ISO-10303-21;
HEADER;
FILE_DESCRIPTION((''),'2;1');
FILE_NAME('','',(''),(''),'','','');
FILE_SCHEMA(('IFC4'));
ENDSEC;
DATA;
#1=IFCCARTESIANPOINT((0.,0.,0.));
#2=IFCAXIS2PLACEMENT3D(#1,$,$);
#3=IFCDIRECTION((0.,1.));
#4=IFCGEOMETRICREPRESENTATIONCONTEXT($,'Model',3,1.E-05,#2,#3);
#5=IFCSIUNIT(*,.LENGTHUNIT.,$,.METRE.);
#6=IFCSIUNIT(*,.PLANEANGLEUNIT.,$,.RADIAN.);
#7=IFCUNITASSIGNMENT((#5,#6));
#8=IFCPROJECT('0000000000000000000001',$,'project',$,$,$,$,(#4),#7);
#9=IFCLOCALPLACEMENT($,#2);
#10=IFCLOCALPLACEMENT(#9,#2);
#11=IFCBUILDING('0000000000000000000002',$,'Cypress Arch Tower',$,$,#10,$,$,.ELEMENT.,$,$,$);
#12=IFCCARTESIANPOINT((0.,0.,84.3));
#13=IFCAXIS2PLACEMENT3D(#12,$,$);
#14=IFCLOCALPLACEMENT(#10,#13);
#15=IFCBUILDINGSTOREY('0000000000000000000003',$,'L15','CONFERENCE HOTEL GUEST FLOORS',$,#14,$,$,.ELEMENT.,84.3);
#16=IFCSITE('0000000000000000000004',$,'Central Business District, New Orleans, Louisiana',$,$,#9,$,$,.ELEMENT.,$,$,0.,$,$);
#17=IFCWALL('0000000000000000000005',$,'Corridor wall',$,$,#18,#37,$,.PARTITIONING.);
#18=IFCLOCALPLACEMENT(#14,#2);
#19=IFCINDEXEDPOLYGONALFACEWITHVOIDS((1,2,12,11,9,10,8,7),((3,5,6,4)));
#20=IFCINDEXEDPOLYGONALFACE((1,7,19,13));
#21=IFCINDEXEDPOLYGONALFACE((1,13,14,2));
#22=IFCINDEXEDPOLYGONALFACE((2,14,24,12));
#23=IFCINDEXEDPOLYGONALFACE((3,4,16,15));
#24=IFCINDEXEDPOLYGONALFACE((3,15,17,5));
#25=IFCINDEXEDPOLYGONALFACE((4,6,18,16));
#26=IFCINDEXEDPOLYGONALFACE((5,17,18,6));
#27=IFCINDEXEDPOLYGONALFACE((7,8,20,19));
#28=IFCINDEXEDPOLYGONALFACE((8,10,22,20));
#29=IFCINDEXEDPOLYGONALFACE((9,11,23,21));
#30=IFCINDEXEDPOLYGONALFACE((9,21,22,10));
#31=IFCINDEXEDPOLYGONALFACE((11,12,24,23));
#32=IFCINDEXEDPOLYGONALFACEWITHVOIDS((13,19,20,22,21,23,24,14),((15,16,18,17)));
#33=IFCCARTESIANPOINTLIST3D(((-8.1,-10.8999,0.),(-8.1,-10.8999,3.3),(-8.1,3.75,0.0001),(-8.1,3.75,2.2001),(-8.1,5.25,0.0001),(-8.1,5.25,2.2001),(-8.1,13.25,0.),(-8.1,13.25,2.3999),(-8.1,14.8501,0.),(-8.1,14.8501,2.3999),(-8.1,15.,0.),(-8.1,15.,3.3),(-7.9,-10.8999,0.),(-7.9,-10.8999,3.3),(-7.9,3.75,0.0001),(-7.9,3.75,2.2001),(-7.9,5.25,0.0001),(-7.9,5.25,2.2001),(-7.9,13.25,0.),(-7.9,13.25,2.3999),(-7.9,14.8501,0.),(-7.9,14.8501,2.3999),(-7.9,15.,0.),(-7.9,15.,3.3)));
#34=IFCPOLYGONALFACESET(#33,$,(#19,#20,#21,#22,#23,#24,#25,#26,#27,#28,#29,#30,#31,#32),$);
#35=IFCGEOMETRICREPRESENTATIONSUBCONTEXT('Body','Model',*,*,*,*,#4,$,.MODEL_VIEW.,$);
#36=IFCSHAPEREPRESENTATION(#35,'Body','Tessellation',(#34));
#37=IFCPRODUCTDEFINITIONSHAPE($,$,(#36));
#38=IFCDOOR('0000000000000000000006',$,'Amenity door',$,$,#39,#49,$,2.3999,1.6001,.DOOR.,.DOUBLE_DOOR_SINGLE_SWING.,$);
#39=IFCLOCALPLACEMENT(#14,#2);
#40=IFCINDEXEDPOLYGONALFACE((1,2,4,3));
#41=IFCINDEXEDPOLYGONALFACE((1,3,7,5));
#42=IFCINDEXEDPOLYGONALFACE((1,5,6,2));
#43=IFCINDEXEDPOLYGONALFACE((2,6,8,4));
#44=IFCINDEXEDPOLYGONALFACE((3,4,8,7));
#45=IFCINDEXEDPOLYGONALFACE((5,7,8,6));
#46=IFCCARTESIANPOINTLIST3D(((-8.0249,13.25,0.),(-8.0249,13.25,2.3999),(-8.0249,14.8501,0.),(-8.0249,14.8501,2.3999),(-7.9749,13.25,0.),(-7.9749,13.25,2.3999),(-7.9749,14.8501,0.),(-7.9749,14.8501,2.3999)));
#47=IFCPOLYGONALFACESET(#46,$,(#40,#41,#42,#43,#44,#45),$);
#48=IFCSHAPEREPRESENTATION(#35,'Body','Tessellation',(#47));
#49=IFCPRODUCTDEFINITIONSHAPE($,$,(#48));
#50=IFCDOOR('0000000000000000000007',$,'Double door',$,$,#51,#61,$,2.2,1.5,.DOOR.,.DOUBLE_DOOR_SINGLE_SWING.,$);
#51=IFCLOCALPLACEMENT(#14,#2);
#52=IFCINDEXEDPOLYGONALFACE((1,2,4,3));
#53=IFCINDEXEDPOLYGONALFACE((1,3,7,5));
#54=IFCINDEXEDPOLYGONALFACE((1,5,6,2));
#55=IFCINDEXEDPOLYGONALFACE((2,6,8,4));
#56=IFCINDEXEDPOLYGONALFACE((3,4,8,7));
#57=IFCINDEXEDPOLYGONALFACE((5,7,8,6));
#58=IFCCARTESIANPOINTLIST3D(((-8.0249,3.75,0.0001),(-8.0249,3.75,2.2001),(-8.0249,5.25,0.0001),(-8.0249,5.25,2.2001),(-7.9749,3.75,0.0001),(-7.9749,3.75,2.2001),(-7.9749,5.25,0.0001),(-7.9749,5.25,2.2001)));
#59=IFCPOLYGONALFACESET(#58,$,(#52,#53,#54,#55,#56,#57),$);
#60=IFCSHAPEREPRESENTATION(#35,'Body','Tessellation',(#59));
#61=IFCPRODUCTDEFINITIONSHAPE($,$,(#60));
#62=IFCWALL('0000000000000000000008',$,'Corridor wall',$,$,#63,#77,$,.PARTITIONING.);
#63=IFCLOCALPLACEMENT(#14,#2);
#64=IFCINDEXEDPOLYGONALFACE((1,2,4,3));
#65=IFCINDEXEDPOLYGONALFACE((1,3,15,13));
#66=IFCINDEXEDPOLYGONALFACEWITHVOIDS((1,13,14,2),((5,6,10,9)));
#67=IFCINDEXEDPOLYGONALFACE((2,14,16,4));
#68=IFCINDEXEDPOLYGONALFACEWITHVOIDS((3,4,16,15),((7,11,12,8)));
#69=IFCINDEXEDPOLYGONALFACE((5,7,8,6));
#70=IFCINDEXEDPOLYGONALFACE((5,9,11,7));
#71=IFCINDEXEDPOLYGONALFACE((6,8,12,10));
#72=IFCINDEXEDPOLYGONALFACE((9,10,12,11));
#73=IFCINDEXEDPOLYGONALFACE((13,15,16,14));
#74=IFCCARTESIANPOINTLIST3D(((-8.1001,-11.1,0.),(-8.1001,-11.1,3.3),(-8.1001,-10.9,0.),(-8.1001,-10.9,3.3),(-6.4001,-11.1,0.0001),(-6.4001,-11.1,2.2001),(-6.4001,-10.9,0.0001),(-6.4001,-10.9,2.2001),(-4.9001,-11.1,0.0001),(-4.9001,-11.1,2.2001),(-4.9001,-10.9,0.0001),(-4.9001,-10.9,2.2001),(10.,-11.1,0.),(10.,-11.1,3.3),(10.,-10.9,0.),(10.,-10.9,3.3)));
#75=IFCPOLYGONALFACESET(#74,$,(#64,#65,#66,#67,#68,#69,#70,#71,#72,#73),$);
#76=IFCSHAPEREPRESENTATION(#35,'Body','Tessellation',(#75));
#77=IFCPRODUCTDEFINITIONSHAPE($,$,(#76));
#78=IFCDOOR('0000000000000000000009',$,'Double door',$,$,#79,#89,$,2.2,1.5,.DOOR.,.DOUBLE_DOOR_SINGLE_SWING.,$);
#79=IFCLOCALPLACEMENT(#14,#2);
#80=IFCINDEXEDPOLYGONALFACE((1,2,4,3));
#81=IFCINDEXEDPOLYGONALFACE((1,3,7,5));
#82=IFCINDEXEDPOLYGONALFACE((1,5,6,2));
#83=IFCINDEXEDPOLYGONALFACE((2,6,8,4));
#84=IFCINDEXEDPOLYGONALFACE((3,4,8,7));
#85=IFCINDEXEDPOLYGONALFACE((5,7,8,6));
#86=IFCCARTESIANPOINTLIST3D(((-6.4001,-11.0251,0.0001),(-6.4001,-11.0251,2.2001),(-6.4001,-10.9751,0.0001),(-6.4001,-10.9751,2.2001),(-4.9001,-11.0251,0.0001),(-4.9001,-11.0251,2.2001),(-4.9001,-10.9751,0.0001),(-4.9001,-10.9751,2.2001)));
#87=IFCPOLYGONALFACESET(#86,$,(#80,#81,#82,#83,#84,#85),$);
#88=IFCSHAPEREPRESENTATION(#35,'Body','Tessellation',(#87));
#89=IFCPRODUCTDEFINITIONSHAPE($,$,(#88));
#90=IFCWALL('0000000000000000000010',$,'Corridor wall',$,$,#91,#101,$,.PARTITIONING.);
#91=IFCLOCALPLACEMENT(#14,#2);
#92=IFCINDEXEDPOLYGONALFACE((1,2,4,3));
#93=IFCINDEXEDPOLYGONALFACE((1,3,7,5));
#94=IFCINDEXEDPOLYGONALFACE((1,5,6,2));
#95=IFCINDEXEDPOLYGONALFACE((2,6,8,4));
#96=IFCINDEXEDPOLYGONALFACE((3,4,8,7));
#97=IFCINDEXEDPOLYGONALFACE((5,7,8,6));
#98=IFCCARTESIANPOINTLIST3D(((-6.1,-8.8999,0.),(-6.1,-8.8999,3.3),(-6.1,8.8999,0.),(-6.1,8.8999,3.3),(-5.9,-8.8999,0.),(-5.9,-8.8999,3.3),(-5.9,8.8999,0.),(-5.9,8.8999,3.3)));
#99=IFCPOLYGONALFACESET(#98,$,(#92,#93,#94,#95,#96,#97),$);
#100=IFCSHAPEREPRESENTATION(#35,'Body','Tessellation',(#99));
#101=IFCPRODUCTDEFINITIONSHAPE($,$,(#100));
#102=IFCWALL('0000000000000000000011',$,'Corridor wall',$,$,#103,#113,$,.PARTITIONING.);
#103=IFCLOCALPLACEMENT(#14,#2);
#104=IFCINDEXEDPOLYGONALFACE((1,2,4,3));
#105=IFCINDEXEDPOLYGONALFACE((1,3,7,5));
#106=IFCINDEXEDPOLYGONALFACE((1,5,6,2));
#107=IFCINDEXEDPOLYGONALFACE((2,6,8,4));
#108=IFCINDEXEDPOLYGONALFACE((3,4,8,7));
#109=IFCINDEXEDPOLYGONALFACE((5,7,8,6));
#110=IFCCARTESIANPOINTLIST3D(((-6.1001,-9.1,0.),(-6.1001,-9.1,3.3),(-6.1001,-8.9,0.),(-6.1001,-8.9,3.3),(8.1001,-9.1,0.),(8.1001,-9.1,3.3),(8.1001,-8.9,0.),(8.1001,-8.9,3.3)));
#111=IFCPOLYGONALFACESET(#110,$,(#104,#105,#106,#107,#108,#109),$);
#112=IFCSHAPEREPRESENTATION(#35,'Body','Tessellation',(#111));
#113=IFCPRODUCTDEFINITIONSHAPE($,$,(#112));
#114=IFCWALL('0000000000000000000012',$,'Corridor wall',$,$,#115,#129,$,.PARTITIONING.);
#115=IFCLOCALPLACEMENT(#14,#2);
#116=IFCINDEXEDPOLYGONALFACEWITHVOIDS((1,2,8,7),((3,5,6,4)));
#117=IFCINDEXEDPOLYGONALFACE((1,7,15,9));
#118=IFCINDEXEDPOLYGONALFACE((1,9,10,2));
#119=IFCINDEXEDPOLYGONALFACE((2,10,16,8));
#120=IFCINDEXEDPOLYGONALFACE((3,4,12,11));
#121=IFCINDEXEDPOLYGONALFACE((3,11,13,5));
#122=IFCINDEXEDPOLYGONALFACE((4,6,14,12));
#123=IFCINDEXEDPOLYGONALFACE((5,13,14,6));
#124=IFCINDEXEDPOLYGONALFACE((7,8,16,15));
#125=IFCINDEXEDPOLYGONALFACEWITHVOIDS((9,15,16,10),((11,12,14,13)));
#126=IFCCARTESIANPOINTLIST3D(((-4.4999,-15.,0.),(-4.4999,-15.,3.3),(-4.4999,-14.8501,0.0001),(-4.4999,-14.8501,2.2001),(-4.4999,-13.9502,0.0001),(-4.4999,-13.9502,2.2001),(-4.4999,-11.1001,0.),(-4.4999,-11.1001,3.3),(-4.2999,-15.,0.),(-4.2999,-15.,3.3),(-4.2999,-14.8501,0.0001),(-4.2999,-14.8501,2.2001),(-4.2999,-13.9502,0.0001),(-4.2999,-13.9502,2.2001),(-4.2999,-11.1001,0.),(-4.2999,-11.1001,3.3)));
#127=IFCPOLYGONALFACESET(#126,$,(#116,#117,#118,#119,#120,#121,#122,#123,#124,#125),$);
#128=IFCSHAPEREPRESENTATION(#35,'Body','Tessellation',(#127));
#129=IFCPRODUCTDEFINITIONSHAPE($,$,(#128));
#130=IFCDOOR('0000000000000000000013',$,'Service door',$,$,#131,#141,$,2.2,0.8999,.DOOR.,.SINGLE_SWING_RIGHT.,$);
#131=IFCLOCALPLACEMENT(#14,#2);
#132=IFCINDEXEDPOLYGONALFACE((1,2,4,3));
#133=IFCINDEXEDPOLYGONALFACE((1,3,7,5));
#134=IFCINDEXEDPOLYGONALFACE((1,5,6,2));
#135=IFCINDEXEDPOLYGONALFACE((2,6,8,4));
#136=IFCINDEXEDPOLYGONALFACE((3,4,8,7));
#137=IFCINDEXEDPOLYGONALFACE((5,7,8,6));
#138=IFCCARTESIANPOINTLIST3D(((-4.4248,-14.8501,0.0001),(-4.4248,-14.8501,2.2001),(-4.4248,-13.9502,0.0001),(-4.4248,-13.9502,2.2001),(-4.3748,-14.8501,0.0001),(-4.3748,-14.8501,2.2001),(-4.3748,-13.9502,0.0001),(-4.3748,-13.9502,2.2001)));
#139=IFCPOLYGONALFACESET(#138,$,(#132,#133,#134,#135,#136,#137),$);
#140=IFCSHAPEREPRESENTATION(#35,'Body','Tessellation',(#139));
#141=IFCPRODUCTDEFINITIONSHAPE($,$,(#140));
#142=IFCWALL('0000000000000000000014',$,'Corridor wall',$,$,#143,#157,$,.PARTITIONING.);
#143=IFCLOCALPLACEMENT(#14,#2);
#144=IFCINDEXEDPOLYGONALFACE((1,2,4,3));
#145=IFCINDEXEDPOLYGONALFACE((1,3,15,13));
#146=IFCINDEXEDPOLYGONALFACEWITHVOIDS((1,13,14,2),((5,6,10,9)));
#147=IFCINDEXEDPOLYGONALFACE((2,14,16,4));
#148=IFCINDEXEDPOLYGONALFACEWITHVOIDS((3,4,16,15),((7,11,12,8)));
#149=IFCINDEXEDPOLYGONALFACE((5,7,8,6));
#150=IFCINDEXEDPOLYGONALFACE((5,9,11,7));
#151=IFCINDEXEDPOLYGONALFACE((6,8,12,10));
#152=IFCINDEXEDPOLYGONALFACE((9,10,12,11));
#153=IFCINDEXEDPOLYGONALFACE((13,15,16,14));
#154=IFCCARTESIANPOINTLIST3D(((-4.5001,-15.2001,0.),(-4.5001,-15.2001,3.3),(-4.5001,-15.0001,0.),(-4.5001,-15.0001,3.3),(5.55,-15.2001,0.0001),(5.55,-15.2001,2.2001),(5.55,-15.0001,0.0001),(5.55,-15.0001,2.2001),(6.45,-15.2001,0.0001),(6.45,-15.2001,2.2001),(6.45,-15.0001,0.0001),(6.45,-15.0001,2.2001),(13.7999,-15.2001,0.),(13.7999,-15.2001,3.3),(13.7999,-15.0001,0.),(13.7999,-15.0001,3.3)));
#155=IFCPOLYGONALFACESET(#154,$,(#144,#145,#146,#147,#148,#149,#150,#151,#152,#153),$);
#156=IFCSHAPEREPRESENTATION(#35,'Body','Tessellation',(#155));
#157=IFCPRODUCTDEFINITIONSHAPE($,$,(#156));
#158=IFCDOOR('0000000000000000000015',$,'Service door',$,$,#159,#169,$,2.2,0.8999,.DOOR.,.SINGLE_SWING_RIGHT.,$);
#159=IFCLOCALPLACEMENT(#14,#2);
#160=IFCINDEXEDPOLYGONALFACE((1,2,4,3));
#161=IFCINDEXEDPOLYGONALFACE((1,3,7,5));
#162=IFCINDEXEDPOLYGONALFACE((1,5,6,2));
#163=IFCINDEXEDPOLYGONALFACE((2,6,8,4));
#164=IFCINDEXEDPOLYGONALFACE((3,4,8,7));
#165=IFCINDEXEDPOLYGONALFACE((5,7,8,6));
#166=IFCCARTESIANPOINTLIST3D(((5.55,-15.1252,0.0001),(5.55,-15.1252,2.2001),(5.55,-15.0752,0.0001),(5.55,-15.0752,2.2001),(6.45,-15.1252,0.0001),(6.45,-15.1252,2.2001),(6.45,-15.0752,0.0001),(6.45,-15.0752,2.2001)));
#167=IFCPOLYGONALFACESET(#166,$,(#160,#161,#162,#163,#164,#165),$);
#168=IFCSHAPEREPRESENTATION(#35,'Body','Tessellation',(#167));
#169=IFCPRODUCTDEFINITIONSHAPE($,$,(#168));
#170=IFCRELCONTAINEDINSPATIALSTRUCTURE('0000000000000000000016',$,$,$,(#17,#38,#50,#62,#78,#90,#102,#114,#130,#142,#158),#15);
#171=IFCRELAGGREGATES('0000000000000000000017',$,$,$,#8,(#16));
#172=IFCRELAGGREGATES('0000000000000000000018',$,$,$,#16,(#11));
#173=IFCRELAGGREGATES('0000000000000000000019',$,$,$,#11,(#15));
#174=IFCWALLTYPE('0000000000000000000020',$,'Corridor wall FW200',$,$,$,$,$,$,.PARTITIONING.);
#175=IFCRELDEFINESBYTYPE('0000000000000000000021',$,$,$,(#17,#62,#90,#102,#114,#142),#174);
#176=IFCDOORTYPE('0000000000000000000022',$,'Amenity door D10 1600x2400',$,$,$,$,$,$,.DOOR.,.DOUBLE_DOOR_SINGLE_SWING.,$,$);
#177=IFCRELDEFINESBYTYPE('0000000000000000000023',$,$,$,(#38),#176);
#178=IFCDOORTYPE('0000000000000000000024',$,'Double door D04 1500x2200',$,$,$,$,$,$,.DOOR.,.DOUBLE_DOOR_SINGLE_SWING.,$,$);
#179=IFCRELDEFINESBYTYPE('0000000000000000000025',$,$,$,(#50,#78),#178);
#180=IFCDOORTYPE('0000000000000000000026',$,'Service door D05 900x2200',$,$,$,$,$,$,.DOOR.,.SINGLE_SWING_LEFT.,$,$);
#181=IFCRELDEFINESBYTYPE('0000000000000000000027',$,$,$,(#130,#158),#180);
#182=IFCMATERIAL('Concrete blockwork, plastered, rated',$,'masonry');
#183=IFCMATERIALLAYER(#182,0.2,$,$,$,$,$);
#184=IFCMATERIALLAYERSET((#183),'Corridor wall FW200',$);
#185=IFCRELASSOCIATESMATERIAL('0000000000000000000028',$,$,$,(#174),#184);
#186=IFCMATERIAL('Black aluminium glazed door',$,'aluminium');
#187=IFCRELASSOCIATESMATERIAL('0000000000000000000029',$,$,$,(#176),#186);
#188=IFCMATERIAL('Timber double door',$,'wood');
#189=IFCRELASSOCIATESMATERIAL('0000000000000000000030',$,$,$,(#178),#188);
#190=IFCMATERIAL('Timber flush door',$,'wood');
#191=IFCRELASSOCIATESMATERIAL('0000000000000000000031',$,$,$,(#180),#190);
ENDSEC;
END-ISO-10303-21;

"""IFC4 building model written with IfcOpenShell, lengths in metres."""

from ifc_helpers import new_model, si_unit, direction, frame, frame_2d, origin, place, context, subcontext, project, spatial, rectangle, extrude, material, layer, layer_set, type_object, element, fill, save


model = new_model("IFC4")

# Units and contexts
model_context = context("Model", 3, precision=1e-05, world=origin(), true_north=direction((0.0, 1.0)))
body_context = subcontext(model_context, "Body", "Model", "MODEL_VIEW")
ifc_project = project(units=[si_unit("LENGTHUNIT", "METRE"), si_unit("PLANEANGLEUNIT", "RADIAN")], contexts=[model_context])

# Site, building, storey
site_placement = place(None, origin())
site = spatial("IfcSite", under=ifc_project, at=site_placement, Name="Central Business District, New Orleans, Louisiana", CompositionType="ELEMENT", RefElevation=0.0)
building_placement = place(site_placement, origin())
building = spatial("IfcBuilding", under=site, at=building_placement, Name="Cypress Arch Tower", CompositionType="ELEMENT")
storey_placement = place(building_placement, frame((0.0, 0.0, 84.3)))
storey = spatial("IfcBuildingStorey", under=building, at=storey_placement, Name="L15", Description="CONFERENCE HOTEL GUEST FLOORS", CompositionType="ELEMENT", Elevation=84.3)

# Wall, openings, doors
ifc_material_1 = material(Name="Concrete blockwork, plastered, rated", Category="masonry")
ifc_layer = layer(ifc_material_1, 0.2)
ifc_layer_set = layer_set([ifc_layer], Name="Corridor wall FW200")
wall_type = type_object("IfcWallType", Name="Corridor wall FW200", PredefinedType="PARTITIONING", material=ifc_layer_set)
wall_1_placement = place(storey_placement, frame((-8.0, -10.8999, 0.0), z_axis=(0.0, 0.0, 1.0), x_axis=(0.0, 1.0, 0.0)))
wall_1 = element("IfcWall", 1, at=wall_1_placement, inside=storey, type_object=wall_type, Name="Corridor wall", PredefinedType="PARTITIONING", context=body_context, shape_type="SweptSolid", body=[
    extrude(rectangle(XDim=25.8999, YDim=0.2, at=frame_2d((12.95, 0.0))), origin(), (0.0, 0.0, 1.0), 3.3),
])
opening_1_placement = place(wall_1_placement, frame((14.6499, 0.0, 0.0)))
opening_1 = element("IfcOpeningElement", 2, at=opening_1_placement, cuts=wall_1, PredefinedType="OPENING", context=body_context, shape_type="SweptSolid", body=[
    extrude(rectangle(XDim=1.5, YDim=2.2, at=frame_2d((0.75, 1.1001))), frame((0.0, 0.1099, 0.0), z_axis=(0.0, -1.0, 0.0), x_axis=(1.0, 0.0, 0.0)), (0.0, 0.0, 1.0), 0.22),
])
opening_2_placement = place(wall_1_placement, frame((24.1499, 0.0, 0.0)))
opening_2 = element("IfcOpeningElement", 3, at=opening_2_placement, cuts=wall_1, PredefinedType="OPENING", context=body_context, shape_type="SweptSolid", body=[
    extrude(rectangle(XDim=1.6001, YDim=2.3999, at=frame_2d((0.8, 1.2))), frame((0.0, 0.1099, 0.0), z_axis=(0.0, -1.0, 0.0), x_axis=(1.0, 0.0, 0.0)), (0.0, 0.0, 1.0), 0.22),
])
ifc_material_2 = material(Name="Black aluminium glazed door", Category="aluminium")
door_type_1 = type_object("IfcDoorType", Name="Amenity door D10 1600x2400", OperationType="DOUBLE_DOOR_SINGLE_SWING", PredefinedType="DOOR", material=ifc_material_2)
door_1_placement = place(opening_2_placement, origin())
door_1 = element("IfcDoor", 4, at=door_1_placement, inside=storey, type_object=door_type_1, Name="Amenity door", OperationType="DOUBLE_DOOR_SINGLE_SWING", OverallHeight=2.3999, OverallWidth=1.6001, PredefinedType="DOOR", context=body_context, shape_type="SweptSolid", body=[
    extrude(rectangle(XDim=1.6001, YDim=2.3999, at=frame_2d((0.8, 1.2))), frame((0.0, 0.0249, 0.0), z_axis=(0.0, -1.0, 0.0), x_axis=(1.0, 0.0, 0.0)), (0.0, 0.0, 1.0), 0.05),
])
fill(opening_2, door_1)
ifc_material_3 = material(Name="Timber double door", Category="wood")
door_type_2 = type_object("IfcDoorType", Name="Double door D04 1500x2200", OperationType="DOUBLE_DOOR_SINGLE_SWING", PredefinedType="DOOR", material=ifc_material_3)
door_2_placement = place(opening_1_placement, origin())
door_2 = element("IfcDoor", 5, at=door_2_placement, inside=storey, type_object=door_type_2, Name="Double door", OperationType="DOUBLE_DOOR_SINGLE_SWING", OverallHeight=2.2, OverallWidth=1.5, PredefinedType="DOOR", context=body_context, shape_type="SweptSolid", body=[
    extrude(rectangle(XDim=1.5, YDim=2.2, at=frame_2d((0.75, 1.1001))), frame((0.0, 0.0249, 0.0), z_axis=(0.0, -1.0, 0.0), x_axis=(1.0, 0.0, 0.0)), (0.0, 0.0, 1.0), 0.05),
])
fill(opening_1, door_2)

# Wall, opening, door
wall_2_placement = place(storey_placement, frame((-8.1001, -11.0, 0.0), z_axis=(0.0, 0.0, 1.0), x_axis=(1.0, 0.0, 0.0)))
wall_2 = element("IfcWall", 6, at=wall_2_placement, inside=storey, type_object=wall_type, Name="Corridor wall", PredefinedType="PARTITIONING", context=body_context, shape_type="SweptSolid", body=[
    extrude(rectangle(XDim=18.1001, YDim=0.2, at=frame_2d((9.05, 0.0))), origin(), (0.0, 0.0, 1.0), 3.3),
])
opening_3_placement = place(wall_2_placement, frame((1.7, 0.0, 0.0)))
opening_3 = element("IfcOpeningElement", 7, at=opening_3_placement, cuts=wall_2, PredefinedType="OPENING", context=body_context, shape_type="SweptSolid", body=[
    extrude(rectangle(XDim=1.5, YDim=2.2, at=frame_2d((0.75, 1.1001))), frame((0.0, 0.1099, 0.0), z_axis=(0.0, -1.0, 0.0), x_axis=(1.0, 0.0, 0.0)), (0.0, 0.0, 1.0), 0.22),
])
door_3_placement = place(opening_3_placement, origin())
door_3 = element("IfcDoor", 8, at=door_3_placement, inside=storey, type_object=door_type_2, Name="Double door", OperationType="DOUBLE_DOOR_SINGLE_SWING", OverallHeight=2.2, OverallWidth=1.5, PredefinedType="DOOR", context=body_context, shape_type="SweptSolid", body=[
    extrude(rectangle(XDim=1.5, YDim=2.2, at=frame_2d((0.75, 1.1001))), frame((0.0, 0.0249, 0.0), z_axis=(0.0, -1.0, 0.0), x_axis=(1.0, 0.0, 0.0)), (0.0, 0.0, 1.0), 0.05),
])
fill(opening_3, door_3)

# Walls
wall_3_placement = place(storey_placement, frame((-6.0, -8.8999, 0.0), z_axis=(0.0, 0.0, 1.0), x_axis=(0.0, 1.0, 0.0)))
element("IfcWall", 9, at=wall_3_placement, inside=storey, type_object=wall_type, Name="Corridor wall", PredefinedType="PARTITIONING", context=body_context, shape_type="SweptSolid", body=[
    extrude(rectangle(XDim=17.7998, YDim=0.2, at=frame_2d((8.8999, 0.0))), origin(), (0.0, 0.0, 1.0), 3.3),
])
wall_4_placement = place(storey_placement, frame((-6.1001, -9.0, 0.0), z_axis=(0.0, 0.0, 1.0), x_axis=(1.0, 0.0, 0.0)))
element("IfcWall", 10, at=wall_4_placement, inside=storey, type_object=wall_type, Name="Corridor wall", PredefinedType="PARTITIONING", context=body_context, shape_type="SweptSolid", body=[
    extrude(rectangle(XDim=14.2002, YDim=0.2, at=frame_2d((7.1001, 0.0))), origin(), (0.0, 0.0, 1.0), 3.3),
])

# Walls, openings, doors
wall_5_placement = place(storey_placement, frame((-4.3999, -15.0, 0.0), z_axis=(0.0, 0.0, 1.0), x_axis=(0.0, 1.0, 0.0)))
wall_5 = element("IfcWall", 11, at=wall_5_placement, inside=storey, type_object=wall_type, Name="Corridor wall", PredefinedType="PARTITIONING", context=body_context, shape_type="SweptSolid", body=[
    extrude(rectangle(XDim=3.8999, YDim=0.2, at=frame_2d((1.95, 0.0))), origin(), (0.0, 0.0, 1.0), 3.3),
])
opening_4_placement = place(wall_5_placement, frame((0.1499, 0.0, 0.0)))
opening_4 = element("IfcOpeningElement", 12, at=opening_4_placement, cuts=wall_5, PredefinedType="OPENING", context=body_context, shape_type="SweptSolid", body=[
    extrude(rectangle(XDim=0.8999, YDim=2.2, at=frame_2d((0.45, 1.1001))), frame((0.0, 0.1099, 0.0), z_axis=(0.0, -1.0, 0.0), x_axis=(1.0, 0.0, 0.0)), (0.0, 0.0, 1.0), 0.22),
])
ifc_material_4 = material(Name="Timber flush door", Category="wood")
door_type_3 = type_object("IfcDoorType", Name="Service door D05 900x2200", OperationType="SINGLE_SWING_LEFT", PredefinedType="DOOR", material=ifc_material_4)
door_4_placement = place(opening_4_placement, origin())
door_4 = element("IfcDoor", 13, at=door_4_placement, inside=storey, type_object=door_type_3, Name="Service door", OperationType="SINGLE_SWING_RIGHT", OverallHeight=2.2, OverallWidth=0.8999, PredefinedType="DOOR", context=body_context, shape_type="SweptSolid", body=[
    extrude(rectangle(XDim=0.8999, YDim=2.2, at=frame_2d((0.45, 1.1001))), frame((0.0, 0.0249, 0.0), z_axis=(0.0, -1.0, 0.0), x_axis=(1.0, 0.0, 0.0)), (0.0, 0.0, 1.0), 0.05),
])
fill(opening_4, door_4)
wall_6_placement = place(storey_placement, frame((-4.5, -15.1001, 0.0), z_axis=(0.0, 0.0, 1.0), x_axis=(1.0, 0.0, 0.0)))
wall_6 = element("IfcWall", 14, at=wall_6_placement, inside=storey, type_object=wall_type, Name="Corridor wall", PredefinedType="PARTITIONING", context=body_context, shape_type="SweptSolid", body=[
    extrude(rectangle(XDim=18.3, YDim=0.2, at=frame_2d((9.1499, 0.0))), origin(), (0.0, 0.0, 1.0), 3.3),
])
opening_5_placement = place(wall_6_placement, frame((10.05, 0.0, 0.0)))
opening_5 = element("IfcOpeningElement", 15, at=opening_5_placement, cuts=wall_6, PredefinedType="OPENING", context=body_context, shape_type="SweptSolid", body=[
    extrude(rectangle(XDim=0.8999, YDim=2.2, at=frame_2d((0.45, 1.1001))), frame((0.0, 0.1099, 0.0), z_axis=(0.0, -1.0, 0.0), x_axis=(1.0, 0.0, 0.0)), (0.0, 0.0, 1.0), 0.22),
])
door_5_placement = place(opening_5_placement, origin())
door_5 = element("IfcDoor", 16, at=door_5_placement, inside=storey, type_object=door_type_3, Name="Service door", OperationType="SINGLE_SWING_RIGHT", OverallHeight=2.2, OverallWidth=0.8999, PredefinedType="DOOR", context=body_context, shape_type="SweptSolid", body=[
    extrude(rectangle(XDim=0.8999, YDim=2.2, at=frame_2d((0.45, 1.1001))), frame((0.0, 0.0249, 0.0), z_axis=(0.0, -1.0, 0.0), x_axis=(1.0, 0.0, 0.0)), (0.0, 0.0, 1.0), 0.05),
])
fill(opening_5, door_5)

save(model, "model.ifc")
